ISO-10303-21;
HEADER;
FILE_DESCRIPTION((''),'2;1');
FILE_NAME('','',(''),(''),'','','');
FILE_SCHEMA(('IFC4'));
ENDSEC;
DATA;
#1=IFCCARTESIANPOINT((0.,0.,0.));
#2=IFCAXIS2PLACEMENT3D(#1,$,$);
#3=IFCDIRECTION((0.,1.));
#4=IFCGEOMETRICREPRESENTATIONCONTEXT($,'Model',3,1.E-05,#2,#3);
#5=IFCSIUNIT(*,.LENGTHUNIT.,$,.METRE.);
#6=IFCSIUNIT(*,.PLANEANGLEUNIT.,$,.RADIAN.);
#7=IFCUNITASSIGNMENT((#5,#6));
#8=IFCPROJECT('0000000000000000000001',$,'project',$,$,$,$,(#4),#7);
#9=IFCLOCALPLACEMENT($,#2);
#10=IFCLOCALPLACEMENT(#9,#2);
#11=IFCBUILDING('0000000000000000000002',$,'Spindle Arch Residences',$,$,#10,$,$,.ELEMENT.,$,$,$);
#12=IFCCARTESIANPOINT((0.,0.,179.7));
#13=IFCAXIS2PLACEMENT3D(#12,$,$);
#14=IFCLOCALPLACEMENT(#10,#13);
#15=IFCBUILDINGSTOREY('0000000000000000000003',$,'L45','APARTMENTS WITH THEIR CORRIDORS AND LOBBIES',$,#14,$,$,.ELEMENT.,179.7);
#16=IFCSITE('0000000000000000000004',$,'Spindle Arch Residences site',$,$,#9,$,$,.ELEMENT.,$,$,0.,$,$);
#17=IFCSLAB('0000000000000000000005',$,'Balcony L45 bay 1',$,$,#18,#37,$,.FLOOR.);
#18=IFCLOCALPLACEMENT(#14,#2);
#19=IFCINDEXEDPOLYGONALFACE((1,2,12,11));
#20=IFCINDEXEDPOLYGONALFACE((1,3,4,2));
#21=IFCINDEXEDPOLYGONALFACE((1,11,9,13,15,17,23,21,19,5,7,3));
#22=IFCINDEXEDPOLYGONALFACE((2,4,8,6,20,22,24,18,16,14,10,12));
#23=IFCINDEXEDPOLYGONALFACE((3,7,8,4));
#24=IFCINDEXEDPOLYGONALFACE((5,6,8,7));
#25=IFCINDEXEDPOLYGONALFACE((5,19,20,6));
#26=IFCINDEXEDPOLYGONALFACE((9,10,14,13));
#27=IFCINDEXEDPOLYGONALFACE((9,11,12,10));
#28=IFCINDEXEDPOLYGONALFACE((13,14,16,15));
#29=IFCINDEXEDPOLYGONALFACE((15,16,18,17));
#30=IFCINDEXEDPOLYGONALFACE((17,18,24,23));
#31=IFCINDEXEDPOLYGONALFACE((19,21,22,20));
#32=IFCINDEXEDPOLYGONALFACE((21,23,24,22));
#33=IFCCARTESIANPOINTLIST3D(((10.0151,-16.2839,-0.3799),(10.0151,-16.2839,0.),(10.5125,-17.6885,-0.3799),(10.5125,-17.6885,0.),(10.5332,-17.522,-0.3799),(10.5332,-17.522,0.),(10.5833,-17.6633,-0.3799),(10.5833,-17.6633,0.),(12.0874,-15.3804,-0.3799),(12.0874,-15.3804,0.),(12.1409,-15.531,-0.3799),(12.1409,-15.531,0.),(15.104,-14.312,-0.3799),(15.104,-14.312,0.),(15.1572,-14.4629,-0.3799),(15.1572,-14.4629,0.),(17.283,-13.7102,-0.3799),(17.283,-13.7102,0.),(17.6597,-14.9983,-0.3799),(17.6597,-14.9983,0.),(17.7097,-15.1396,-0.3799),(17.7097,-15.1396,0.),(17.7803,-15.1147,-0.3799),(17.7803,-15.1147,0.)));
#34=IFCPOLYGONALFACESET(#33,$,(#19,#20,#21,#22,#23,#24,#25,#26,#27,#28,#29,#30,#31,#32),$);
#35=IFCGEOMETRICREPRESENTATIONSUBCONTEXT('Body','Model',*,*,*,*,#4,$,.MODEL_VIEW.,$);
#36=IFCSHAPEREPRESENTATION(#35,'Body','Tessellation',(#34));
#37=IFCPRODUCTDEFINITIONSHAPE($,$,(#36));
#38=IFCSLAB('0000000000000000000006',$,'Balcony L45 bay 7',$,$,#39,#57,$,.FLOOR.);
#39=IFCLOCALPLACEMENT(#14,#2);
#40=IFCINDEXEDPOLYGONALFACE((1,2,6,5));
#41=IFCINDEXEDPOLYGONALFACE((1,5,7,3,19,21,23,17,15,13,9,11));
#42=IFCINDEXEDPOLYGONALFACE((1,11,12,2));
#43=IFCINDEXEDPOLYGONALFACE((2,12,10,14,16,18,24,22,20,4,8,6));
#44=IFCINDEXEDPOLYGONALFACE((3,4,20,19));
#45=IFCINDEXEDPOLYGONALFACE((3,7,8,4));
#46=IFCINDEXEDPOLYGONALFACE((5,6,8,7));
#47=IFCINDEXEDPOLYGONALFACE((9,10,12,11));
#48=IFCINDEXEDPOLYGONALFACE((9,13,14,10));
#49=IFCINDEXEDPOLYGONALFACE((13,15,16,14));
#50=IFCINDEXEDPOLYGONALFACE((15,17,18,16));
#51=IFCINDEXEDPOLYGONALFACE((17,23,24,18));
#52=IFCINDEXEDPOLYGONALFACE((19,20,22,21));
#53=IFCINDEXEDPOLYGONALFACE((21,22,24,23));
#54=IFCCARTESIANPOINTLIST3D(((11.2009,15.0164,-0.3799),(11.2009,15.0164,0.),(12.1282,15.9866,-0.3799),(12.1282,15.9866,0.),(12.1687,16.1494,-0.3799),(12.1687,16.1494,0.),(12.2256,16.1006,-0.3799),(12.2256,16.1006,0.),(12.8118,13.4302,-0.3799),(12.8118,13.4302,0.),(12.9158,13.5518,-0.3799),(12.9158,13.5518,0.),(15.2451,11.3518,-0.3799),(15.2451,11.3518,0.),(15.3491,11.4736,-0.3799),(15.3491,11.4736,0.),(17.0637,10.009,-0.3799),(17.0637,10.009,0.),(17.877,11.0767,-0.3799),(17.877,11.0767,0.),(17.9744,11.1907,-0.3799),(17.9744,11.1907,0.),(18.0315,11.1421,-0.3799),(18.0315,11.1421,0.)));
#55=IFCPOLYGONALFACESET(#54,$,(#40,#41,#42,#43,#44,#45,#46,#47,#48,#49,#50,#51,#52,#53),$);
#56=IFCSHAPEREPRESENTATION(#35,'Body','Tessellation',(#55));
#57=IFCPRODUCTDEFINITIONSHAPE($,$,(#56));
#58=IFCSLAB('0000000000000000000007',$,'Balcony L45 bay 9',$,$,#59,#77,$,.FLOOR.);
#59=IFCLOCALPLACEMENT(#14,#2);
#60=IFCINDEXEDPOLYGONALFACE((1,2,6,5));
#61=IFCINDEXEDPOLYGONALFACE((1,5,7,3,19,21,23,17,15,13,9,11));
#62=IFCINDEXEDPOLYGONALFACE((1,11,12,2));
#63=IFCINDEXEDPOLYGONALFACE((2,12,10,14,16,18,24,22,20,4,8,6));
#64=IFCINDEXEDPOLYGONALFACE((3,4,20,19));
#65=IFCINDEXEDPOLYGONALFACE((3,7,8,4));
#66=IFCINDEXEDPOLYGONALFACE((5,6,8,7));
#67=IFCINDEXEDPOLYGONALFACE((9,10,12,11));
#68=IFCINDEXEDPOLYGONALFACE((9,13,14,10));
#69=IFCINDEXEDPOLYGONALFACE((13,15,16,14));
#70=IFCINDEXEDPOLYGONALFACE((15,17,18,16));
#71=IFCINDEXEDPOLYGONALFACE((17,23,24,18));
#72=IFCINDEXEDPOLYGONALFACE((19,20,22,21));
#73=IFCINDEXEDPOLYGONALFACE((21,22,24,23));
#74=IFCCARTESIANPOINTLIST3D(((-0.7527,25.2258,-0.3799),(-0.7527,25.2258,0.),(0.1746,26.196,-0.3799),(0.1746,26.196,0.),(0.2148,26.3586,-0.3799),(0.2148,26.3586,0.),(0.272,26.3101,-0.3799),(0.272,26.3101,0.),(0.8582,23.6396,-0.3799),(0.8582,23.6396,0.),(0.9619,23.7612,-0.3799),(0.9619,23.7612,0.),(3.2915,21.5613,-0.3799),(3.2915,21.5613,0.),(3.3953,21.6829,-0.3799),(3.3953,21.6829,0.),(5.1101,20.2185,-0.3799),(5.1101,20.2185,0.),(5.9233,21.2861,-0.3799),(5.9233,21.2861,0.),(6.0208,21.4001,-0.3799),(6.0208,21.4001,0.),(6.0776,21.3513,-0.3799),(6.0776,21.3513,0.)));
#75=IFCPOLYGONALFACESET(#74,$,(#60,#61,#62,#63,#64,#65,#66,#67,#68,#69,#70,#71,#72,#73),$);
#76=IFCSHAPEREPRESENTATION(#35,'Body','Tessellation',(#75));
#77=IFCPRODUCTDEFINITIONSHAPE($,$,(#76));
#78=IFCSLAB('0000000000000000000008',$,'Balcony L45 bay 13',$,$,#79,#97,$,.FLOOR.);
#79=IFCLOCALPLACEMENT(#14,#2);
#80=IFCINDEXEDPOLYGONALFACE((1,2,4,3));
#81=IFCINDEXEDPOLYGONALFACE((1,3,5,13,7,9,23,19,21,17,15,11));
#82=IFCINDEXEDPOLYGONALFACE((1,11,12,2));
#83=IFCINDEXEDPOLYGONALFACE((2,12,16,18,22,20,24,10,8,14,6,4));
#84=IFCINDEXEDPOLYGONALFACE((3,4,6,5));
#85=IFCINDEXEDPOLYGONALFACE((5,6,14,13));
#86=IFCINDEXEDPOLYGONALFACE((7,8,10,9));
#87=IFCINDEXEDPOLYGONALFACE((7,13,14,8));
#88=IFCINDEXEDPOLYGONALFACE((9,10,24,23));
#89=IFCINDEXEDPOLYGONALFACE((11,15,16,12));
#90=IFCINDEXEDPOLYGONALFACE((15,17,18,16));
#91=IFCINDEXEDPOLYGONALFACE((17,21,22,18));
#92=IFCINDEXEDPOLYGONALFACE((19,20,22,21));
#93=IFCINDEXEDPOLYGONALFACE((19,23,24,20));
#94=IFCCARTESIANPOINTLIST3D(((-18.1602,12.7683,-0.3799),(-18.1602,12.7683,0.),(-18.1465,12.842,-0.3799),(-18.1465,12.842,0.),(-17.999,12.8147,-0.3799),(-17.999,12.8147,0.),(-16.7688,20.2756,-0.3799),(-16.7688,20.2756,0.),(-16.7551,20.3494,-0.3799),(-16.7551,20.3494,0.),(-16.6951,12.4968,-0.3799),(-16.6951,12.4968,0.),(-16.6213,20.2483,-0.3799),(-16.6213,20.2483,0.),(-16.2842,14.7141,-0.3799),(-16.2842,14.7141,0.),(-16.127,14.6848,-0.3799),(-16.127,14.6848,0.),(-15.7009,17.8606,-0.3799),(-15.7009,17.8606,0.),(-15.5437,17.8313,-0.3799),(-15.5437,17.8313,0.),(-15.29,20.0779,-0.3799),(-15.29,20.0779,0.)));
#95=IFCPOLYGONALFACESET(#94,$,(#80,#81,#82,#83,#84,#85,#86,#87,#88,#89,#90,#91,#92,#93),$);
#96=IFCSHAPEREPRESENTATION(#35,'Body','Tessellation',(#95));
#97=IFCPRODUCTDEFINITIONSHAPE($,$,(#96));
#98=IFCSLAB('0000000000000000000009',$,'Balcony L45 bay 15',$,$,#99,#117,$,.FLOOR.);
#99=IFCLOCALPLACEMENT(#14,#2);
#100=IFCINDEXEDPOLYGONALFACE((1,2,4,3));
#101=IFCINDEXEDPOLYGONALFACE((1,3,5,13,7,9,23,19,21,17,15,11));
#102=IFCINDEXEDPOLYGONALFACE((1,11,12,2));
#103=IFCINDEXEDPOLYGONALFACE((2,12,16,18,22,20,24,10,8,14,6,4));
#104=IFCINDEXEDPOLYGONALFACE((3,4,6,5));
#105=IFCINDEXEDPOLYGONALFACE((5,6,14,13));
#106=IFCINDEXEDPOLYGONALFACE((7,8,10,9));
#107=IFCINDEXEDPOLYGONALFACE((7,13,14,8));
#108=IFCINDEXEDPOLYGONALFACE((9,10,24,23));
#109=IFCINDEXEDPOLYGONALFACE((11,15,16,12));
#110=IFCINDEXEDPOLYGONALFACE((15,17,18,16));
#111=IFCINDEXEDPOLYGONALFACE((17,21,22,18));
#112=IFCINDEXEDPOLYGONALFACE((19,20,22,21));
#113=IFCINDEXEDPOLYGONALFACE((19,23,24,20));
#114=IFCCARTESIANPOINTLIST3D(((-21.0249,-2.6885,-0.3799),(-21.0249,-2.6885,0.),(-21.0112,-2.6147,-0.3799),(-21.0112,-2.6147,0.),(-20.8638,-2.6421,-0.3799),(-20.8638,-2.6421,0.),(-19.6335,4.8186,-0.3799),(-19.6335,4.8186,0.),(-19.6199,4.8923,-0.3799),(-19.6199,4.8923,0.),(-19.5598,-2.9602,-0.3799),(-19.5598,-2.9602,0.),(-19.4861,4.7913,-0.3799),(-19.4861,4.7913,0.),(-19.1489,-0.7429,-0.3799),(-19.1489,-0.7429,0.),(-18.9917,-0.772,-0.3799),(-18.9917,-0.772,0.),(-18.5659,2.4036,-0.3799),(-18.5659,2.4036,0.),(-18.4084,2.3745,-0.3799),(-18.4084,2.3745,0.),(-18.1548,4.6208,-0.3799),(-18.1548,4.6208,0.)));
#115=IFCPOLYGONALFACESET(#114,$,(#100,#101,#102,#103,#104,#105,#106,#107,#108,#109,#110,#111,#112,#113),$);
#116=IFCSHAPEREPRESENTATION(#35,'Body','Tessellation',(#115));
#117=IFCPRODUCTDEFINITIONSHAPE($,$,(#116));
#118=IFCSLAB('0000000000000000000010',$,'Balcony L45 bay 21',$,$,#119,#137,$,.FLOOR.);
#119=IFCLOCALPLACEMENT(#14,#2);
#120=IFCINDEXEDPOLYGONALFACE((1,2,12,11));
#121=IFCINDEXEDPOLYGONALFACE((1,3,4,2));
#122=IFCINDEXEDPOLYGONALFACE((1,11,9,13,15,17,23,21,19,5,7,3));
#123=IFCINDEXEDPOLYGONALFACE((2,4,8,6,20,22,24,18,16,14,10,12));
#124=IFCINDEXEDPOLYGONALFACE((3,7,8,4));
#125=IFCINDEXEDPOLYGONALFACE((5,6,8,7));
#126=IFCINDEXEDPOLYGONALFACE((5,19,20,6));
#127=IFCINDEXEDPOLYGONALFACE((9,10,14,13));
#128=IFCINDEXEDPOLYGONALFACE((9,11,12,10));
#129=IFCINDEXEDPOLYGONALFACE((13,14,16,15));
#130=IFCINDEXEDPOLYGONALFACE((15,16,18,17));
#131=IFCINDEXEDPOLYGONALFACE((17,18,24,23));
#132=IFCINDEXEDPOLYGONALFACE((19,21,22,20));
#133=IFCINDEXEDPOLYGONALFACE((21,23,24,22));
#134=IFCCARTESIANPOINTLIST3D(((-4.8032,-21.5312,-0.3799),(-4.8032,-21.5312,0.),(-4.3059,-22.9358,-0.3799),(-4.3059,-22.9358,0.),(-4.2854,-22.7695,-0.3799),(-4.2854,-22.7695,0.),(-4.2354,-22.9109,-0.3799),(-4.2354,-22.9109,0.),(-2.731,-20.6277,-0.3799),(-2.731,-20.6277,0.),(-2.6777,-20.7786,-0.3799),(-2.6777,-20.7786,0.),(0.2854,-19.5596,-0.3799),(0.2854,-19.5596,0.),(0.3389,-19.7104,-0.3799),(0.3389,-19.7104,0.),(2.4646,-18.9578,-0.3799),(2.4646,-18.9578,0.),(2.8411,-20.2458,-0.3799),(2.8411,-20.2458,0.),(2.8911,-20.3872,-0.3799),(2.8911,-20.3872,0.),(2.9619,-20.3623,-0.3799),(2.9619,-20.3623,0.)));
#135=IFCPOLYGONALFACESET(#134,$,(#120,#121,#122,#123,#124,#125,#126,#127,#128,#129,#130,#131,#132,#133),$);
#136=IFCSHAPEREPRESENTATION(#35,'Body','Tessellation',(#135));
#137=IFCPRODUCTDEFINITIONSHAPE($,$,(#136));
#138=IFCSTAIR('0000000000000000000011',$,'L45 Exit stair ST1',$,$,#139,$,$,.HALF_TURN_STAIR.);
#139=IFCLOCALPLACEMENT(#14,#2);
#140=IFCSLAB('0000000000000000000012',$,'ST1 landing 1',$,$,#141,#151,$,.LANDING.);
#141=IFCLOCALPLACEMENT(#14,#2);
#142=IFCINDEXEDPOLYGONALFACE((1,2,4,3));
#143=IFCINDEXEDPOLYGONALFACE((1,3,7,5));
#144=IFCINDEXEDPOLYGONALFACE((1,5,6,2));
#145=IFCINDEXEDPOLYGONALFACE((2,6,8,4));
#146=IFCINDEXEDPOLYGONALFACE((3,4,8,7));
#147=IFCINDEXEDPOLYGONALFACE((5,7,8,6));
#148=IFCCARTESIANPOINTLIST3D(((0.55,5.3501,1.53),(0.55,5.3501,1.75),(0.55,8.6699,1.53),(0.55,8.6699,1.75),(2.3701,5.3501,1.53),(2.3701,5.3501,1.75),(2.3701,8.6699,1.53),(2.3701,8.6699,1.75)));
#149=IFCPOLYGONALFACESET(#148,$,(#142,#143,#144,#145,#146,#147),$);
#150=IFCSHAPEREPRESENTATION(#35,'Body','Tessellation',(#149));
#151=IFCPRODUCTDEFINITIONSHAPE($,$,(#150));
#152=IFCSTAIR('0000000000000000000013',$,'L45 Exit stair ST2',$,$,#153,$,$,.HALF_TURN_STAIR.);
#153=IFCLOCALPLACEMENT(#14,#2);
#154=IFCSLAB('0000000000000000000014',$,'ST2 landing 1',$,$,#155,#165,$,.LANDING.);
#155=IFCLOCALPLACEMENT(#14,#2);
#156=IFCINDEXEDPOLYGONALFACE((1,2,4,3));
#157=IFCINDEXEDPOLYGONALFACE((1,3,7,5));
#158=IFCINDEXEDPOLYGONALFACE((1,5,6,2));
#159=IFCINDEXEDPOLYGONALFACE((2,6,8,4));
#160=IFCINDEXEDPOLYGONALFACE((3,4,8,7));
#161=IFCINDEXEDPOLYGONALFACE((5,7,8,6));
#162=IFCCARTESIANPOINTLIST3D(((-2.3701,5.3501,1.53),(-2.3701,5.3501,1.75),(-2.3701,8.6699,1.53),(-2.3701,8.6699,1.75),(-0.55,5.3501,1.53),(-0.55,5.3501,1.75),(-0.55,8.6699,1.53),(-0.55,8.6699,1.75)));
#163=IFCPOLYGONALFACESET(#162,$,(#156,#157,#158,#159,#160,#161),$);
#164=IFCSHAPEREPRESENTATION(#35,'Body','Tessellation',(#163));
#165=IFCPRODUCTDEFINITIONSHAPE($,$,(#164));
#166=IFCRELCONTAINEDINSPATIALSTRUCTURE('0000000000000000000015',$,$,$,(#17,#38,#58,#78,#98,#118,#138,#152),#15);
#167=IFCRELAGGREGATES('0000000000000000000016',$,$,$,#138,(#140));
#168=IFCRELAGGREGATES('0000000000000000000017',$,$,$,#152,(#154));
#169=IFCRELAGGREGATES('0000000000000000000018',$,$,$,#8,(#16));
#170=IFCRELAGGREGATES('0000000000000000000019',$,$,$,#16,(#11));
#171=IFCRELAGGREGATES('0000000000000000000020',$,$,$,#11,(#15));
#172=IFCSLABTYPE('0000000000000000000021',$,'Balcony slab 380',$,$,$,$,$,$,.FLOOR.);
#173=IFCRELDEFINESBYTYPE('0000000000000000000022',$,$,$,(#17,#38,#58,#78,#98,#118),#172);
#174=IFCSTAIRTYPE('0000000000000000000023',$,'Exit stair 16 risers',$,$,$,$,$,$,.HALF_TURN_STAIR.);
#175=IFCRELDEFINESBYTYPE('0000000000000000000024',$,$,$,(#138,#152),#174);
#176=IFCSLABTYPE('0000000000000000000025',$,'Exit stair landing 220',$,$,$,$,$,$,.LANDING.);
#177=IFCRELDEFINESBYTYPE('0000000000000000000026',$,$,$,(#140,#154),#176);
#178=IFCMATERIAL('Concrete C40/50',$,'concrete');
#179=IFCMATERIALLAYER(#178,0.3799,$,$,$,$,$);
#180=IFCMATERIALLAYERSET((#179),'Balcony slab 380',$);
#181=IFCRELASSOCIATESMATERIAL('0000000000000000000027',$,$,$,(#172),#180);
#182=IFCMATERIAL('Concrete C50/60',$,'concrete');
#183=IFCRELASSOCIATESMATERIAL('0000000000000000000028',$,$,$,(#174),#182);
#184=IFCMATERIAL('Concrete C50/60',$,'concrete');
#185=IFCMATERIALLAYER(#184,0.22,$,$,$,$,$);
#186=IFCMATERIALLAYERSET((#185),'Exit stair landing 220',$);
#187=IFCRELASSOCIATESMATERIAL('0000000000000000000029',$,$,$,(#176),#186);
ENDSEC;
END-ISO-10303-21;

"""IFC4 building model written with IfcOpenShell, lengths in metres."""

from ifc_helpers import new_model, si_unit, direction, frame, origin, place, context, subcontext, project, spatial, polyline, outline, extrude, material, layer, layer_set, type_object, element, aggregate, save


model = new_model("IFC4")

# Units and contexts
model_context = context("Model", 3, precision=1e-05, world=origin(), true_north=direction((0.0, 1.0)))
body_context = subcontext(model_context, "Body", "Model", "MODEL_VIEW")
ifc_project = project(units=[si_unit("LENGTHUNIT", "METRE"), si_unit("PLANEANGLEUNIT", "RADIAN")], contexts=[model_context])

# Site, building, storey
site_placement = place(None, origin())
site = spatial("IfcSite", under=ifc_project, at=site_placement, Name="Spindle Arch Residences site", CompositionType="ELEMENT", RefElevation=0.0)
building_placement = place(site_placement, origin())
building = spatial("IfcBuilding", under=site, at=building_placement, Name="Spindle Arch Residences", CompositionType="ELEMENT")
storey_placement = place(building_placement, frame((0.0, 0.0, 179.7)))
storey = spatial("IfcBuildingStorey", under=building, at=storey_placement, Name="L45", Description="APARTMENTS WITH THEIR CORRIDORS AND LOBBIES", CompositionType="ELEMENT", Elevation=179.7)

# Slabs
ifc_material_1 = material(Name="Concrete C40/50", Category="concrete")
ifc_layer_1 = layer(ifc_material_1, 0.3799)
ifc_layer_set_1 = layer_set([ifc_layer_1], Name="Balcony slab 380")
slab_type_1 = type_object("IfcSlabType", Name="Balcony slab 380", PredefinedType="FLOOR", material=ifc_layer_set_1)
slab_1_placement = place(storey_placement, frame((0.0, 0.0, -0.3799)))
element("IfcSlab", 1, at=slab_1_placement, inside=storey, type_object=slab_type_1, Name="Balcony L45 bay 1", PredefinedType="FLOOR", context=body_context, shape_type="SweptSolid", body=[
    extrude(outline(polyline([(10.5125, -17.6885), (10.5833, -17.6633), (10.5332, -17.522), (17.6597, -14.9983), (17.7097, -15.1396), (17.7803, -15.1147), (17.283, -13.7102), (15.1572, -14.4629), (15.104, -14.312), (12.0874, -15.3804), (12.1409, -15.531), (10.0151, -16.2839), (10.5125, -17.6885)])), origin(), (0.0, 0.0, 1.0), 0.3799),
])
slab_2_placement = place(storey_placement, frame((0.0, 0.0, -0.3799)))
element("IfcSlab", 2, at=slab_2_placement, inside=storey, type_object=slab_type_1, Name="Balcony L45 bay 7", PredefinedType="FLOOR", context=body_context, shape_type="SweptSolid", body=[
    extrude(outline(polyline([(18.0315, 11.1421), (17.9744, 11.1907), (17.877, 11.0767), (12.1282, 15.9866), (12.2256, 16.1006), (12.1687, 16.1494), (11.2009, 15.0164), (12.9158, 13.5518), (12.8118, 13.4302), (15.2451, 11.3518), (15.3491, 11.4736), (17.0637, 10.009), (18.0315, 11.1421)])), origin(), (0.0, 0.0, 1.0), 0.3799),
])
slab_3_placement = place(storey_placement, frame((0.0, 0.0, -0.3799)))
element("IfcSlab", 3, at=slab_3_placement, inside=storey, type_object=slab_type_1, Name="Balcony L45 bay 9", PredefinedType="FLOOR", context=body_context, shape_type="SweptSolid", body=[
    extrude(outline(polyline([(6.0776, 21.3513), (6.0208, 21.4001), (5.9233, 21.2861), (0.1746, 26.196), (0.272, 26.3101), (0.2148, 26.3586), (-0.7527, 25.2258), (0.9619, 23.7612), (0.8582, 23.6396), (3.2915, 21.5613), (3.3953, 21.6829), (5.1101, 20.2185), (6.0776, 21.3513)])), origin(), (0.0, 0.0, 1.0), 0.3799),
])
slab_4_placement = place(storey_placement, frame((0.0, 0.0, -0.3799)))
element("IfcSlab", 4, at=slab_4_placement, inside=storey, type_object=slab_type_1, Name="Balcony L45 bay 13", PredefinedType="FLOOR", context=body_context, shape_type="SweptSolid", body=[
    extrude(outline(polyline([(-16.7551, 20.3494), (-16.7688, 20.2756), (-16.6213, 20.2483), (-17.999, 12.8147), (-18.1465, 12.842), (-18.1602, 12.7683), (-16.6951, 12.4968), (-16.2842, 14.7141), (-16.127, 14.6848), (-15.5437, 17.8313), (-15.7009, 17.8606), (-15.29, 20.0779), (-16.7551, 20.3494)])), origin(), (0.0, 0.0, 1.0), 0.3799),
])
slab_5_placement = place(storey_placement, frame((0.0, 0.0, -0.3799)))
element("IfcSlab", 5, at=slab_5_placement, inside=storey, type_object=slab_type_1, Name="Balcony L45 bay 15", PredefinedType="FLOOR", context=body_context, shape_type="SweptSolid", body=[
    extrude(outline(polyline([(-19.6199, 4.8923), (-19.6335, 4.8186), (-19.4861, 4.7913), (-20.8638, -2.6421), (-21.0112, -2.6147), (-21.0249, -2.6885), (-19.5598, -2.9602), (-19.1489, -0.7429), (-18.9917, -0.772), (-18.4084, 2.3745), (-18.5659, 2.4036), (-18.1548, 4.6208), (-19.6199, 4.8923)])), origin(), (0.0, 0.0, 1.0), 0.3799),
])
slab_6_placement = place(storey_placement, frame((0.0, 0.0, -0.3799)))
element("IfcSlab", 6, at=slab_6_placement, inside=storey, type_object=slab_type_1, Name="Balcony L45 bay 21", PredefinedType="FLOOR", context=body_context, shape_type="SweptSolid", body=[
    extrude(outline(polyline([(-4.3059, -22.9358), (-4.2354, -22.9109), (-4.2854, -22.7695), (2.8411, -20.2458), (2.8911, -20.3872), (2.9619, -20.3623), (2.4646, -18.9578), (0.3389, -19.7104), (0.2854, -19.5596), (-2.731, -20.6277), (-2.6777, -20.7786), (-4.8032, -21.5312), (-4.3059, -22.9358)])), origin(), (0.0, 0.0, 1.0), 0.3799),
])

# Stairs, slabs
ifc_material_2 = material(Name="Concrete C50/60", Category="concrete")
stair_type = type_object("IfcStairType", Name="Exit stair 16 risers", PredefinedType="HALF_TURN_STAIR", material=ifc_material_2)
stair_1_placement = place(storey_placement, origin())
stair_1 = element("IfcStair", 7, at=stair_1_placement, inside=storey, type_object=stair_type, Name="L45 Exit stair ST1", PredefinedType="HALF_TURN_STAIR")
ifc_material_3 = material(Name="Concrete C50/60", Category="concrete")
ifc_layer_2 = layer(ifc_material_3, 0.22)
ifc_layer_set_2 = layer_set([ifc_layer_2], Name="Exit stair landing 220")
slab_type_2 = type_object("IfcSlabType", Name="Exit stair landing 220", PredefinedType="LANDING", material=ifc_layer_set_2)
slab_7_placement = place(storey_placement, frame((0.0, 0.0, 1.53)))
slab_7 = element("IfcSlab", 8, at=slab_7_placement, type_object=slab_type_2, Name="ST1 landing 1", PredefinedType="LANDING", context=body_context, shape_type="SweptSolid", body=[
    extrude(outline(polyline([(2.3701, 8.6699), (0.55, 8.6699), (0.55, 5.3501), (2.3701, 5.3501), (2.3701, 8.6699)])), origin(), (0.0, 0.0, 1.0), 0.22),
])
aggregate(stair_1, [slab_7])
stair_2_placement = place(storey_placement, origin())
stair_2 = element("IfcStair", 9, at=stair_2_placement, inside=storey, type_object=stair_type, Name="L45 Exit stair ST2", PredefinedType="HALF_TURN_STAIR")
slab_8_placement = place(storey_placement, frame((0.0, 0.0, 1.53)))
slab_8 = element("IfcSlab", 10, at=slab_8_placement, type_object=slab_type_2, Name="ST2 landing 1", PredefinedType="LANDING", context=body_context, shape_type="SweptSolid", body=[
    extrude(outline(polyline([(-2.3701, 5.3501), (-0.55, 5.3501), (-0.55, 8.6699), (-2.3701, 8.6699), (-2.3701, 5.3501)])), origin(), (0.0, 0.0, 1.0), 0.22),
])
aggregate(stair_2, [slab_8])

save(model, "model.ifc")
